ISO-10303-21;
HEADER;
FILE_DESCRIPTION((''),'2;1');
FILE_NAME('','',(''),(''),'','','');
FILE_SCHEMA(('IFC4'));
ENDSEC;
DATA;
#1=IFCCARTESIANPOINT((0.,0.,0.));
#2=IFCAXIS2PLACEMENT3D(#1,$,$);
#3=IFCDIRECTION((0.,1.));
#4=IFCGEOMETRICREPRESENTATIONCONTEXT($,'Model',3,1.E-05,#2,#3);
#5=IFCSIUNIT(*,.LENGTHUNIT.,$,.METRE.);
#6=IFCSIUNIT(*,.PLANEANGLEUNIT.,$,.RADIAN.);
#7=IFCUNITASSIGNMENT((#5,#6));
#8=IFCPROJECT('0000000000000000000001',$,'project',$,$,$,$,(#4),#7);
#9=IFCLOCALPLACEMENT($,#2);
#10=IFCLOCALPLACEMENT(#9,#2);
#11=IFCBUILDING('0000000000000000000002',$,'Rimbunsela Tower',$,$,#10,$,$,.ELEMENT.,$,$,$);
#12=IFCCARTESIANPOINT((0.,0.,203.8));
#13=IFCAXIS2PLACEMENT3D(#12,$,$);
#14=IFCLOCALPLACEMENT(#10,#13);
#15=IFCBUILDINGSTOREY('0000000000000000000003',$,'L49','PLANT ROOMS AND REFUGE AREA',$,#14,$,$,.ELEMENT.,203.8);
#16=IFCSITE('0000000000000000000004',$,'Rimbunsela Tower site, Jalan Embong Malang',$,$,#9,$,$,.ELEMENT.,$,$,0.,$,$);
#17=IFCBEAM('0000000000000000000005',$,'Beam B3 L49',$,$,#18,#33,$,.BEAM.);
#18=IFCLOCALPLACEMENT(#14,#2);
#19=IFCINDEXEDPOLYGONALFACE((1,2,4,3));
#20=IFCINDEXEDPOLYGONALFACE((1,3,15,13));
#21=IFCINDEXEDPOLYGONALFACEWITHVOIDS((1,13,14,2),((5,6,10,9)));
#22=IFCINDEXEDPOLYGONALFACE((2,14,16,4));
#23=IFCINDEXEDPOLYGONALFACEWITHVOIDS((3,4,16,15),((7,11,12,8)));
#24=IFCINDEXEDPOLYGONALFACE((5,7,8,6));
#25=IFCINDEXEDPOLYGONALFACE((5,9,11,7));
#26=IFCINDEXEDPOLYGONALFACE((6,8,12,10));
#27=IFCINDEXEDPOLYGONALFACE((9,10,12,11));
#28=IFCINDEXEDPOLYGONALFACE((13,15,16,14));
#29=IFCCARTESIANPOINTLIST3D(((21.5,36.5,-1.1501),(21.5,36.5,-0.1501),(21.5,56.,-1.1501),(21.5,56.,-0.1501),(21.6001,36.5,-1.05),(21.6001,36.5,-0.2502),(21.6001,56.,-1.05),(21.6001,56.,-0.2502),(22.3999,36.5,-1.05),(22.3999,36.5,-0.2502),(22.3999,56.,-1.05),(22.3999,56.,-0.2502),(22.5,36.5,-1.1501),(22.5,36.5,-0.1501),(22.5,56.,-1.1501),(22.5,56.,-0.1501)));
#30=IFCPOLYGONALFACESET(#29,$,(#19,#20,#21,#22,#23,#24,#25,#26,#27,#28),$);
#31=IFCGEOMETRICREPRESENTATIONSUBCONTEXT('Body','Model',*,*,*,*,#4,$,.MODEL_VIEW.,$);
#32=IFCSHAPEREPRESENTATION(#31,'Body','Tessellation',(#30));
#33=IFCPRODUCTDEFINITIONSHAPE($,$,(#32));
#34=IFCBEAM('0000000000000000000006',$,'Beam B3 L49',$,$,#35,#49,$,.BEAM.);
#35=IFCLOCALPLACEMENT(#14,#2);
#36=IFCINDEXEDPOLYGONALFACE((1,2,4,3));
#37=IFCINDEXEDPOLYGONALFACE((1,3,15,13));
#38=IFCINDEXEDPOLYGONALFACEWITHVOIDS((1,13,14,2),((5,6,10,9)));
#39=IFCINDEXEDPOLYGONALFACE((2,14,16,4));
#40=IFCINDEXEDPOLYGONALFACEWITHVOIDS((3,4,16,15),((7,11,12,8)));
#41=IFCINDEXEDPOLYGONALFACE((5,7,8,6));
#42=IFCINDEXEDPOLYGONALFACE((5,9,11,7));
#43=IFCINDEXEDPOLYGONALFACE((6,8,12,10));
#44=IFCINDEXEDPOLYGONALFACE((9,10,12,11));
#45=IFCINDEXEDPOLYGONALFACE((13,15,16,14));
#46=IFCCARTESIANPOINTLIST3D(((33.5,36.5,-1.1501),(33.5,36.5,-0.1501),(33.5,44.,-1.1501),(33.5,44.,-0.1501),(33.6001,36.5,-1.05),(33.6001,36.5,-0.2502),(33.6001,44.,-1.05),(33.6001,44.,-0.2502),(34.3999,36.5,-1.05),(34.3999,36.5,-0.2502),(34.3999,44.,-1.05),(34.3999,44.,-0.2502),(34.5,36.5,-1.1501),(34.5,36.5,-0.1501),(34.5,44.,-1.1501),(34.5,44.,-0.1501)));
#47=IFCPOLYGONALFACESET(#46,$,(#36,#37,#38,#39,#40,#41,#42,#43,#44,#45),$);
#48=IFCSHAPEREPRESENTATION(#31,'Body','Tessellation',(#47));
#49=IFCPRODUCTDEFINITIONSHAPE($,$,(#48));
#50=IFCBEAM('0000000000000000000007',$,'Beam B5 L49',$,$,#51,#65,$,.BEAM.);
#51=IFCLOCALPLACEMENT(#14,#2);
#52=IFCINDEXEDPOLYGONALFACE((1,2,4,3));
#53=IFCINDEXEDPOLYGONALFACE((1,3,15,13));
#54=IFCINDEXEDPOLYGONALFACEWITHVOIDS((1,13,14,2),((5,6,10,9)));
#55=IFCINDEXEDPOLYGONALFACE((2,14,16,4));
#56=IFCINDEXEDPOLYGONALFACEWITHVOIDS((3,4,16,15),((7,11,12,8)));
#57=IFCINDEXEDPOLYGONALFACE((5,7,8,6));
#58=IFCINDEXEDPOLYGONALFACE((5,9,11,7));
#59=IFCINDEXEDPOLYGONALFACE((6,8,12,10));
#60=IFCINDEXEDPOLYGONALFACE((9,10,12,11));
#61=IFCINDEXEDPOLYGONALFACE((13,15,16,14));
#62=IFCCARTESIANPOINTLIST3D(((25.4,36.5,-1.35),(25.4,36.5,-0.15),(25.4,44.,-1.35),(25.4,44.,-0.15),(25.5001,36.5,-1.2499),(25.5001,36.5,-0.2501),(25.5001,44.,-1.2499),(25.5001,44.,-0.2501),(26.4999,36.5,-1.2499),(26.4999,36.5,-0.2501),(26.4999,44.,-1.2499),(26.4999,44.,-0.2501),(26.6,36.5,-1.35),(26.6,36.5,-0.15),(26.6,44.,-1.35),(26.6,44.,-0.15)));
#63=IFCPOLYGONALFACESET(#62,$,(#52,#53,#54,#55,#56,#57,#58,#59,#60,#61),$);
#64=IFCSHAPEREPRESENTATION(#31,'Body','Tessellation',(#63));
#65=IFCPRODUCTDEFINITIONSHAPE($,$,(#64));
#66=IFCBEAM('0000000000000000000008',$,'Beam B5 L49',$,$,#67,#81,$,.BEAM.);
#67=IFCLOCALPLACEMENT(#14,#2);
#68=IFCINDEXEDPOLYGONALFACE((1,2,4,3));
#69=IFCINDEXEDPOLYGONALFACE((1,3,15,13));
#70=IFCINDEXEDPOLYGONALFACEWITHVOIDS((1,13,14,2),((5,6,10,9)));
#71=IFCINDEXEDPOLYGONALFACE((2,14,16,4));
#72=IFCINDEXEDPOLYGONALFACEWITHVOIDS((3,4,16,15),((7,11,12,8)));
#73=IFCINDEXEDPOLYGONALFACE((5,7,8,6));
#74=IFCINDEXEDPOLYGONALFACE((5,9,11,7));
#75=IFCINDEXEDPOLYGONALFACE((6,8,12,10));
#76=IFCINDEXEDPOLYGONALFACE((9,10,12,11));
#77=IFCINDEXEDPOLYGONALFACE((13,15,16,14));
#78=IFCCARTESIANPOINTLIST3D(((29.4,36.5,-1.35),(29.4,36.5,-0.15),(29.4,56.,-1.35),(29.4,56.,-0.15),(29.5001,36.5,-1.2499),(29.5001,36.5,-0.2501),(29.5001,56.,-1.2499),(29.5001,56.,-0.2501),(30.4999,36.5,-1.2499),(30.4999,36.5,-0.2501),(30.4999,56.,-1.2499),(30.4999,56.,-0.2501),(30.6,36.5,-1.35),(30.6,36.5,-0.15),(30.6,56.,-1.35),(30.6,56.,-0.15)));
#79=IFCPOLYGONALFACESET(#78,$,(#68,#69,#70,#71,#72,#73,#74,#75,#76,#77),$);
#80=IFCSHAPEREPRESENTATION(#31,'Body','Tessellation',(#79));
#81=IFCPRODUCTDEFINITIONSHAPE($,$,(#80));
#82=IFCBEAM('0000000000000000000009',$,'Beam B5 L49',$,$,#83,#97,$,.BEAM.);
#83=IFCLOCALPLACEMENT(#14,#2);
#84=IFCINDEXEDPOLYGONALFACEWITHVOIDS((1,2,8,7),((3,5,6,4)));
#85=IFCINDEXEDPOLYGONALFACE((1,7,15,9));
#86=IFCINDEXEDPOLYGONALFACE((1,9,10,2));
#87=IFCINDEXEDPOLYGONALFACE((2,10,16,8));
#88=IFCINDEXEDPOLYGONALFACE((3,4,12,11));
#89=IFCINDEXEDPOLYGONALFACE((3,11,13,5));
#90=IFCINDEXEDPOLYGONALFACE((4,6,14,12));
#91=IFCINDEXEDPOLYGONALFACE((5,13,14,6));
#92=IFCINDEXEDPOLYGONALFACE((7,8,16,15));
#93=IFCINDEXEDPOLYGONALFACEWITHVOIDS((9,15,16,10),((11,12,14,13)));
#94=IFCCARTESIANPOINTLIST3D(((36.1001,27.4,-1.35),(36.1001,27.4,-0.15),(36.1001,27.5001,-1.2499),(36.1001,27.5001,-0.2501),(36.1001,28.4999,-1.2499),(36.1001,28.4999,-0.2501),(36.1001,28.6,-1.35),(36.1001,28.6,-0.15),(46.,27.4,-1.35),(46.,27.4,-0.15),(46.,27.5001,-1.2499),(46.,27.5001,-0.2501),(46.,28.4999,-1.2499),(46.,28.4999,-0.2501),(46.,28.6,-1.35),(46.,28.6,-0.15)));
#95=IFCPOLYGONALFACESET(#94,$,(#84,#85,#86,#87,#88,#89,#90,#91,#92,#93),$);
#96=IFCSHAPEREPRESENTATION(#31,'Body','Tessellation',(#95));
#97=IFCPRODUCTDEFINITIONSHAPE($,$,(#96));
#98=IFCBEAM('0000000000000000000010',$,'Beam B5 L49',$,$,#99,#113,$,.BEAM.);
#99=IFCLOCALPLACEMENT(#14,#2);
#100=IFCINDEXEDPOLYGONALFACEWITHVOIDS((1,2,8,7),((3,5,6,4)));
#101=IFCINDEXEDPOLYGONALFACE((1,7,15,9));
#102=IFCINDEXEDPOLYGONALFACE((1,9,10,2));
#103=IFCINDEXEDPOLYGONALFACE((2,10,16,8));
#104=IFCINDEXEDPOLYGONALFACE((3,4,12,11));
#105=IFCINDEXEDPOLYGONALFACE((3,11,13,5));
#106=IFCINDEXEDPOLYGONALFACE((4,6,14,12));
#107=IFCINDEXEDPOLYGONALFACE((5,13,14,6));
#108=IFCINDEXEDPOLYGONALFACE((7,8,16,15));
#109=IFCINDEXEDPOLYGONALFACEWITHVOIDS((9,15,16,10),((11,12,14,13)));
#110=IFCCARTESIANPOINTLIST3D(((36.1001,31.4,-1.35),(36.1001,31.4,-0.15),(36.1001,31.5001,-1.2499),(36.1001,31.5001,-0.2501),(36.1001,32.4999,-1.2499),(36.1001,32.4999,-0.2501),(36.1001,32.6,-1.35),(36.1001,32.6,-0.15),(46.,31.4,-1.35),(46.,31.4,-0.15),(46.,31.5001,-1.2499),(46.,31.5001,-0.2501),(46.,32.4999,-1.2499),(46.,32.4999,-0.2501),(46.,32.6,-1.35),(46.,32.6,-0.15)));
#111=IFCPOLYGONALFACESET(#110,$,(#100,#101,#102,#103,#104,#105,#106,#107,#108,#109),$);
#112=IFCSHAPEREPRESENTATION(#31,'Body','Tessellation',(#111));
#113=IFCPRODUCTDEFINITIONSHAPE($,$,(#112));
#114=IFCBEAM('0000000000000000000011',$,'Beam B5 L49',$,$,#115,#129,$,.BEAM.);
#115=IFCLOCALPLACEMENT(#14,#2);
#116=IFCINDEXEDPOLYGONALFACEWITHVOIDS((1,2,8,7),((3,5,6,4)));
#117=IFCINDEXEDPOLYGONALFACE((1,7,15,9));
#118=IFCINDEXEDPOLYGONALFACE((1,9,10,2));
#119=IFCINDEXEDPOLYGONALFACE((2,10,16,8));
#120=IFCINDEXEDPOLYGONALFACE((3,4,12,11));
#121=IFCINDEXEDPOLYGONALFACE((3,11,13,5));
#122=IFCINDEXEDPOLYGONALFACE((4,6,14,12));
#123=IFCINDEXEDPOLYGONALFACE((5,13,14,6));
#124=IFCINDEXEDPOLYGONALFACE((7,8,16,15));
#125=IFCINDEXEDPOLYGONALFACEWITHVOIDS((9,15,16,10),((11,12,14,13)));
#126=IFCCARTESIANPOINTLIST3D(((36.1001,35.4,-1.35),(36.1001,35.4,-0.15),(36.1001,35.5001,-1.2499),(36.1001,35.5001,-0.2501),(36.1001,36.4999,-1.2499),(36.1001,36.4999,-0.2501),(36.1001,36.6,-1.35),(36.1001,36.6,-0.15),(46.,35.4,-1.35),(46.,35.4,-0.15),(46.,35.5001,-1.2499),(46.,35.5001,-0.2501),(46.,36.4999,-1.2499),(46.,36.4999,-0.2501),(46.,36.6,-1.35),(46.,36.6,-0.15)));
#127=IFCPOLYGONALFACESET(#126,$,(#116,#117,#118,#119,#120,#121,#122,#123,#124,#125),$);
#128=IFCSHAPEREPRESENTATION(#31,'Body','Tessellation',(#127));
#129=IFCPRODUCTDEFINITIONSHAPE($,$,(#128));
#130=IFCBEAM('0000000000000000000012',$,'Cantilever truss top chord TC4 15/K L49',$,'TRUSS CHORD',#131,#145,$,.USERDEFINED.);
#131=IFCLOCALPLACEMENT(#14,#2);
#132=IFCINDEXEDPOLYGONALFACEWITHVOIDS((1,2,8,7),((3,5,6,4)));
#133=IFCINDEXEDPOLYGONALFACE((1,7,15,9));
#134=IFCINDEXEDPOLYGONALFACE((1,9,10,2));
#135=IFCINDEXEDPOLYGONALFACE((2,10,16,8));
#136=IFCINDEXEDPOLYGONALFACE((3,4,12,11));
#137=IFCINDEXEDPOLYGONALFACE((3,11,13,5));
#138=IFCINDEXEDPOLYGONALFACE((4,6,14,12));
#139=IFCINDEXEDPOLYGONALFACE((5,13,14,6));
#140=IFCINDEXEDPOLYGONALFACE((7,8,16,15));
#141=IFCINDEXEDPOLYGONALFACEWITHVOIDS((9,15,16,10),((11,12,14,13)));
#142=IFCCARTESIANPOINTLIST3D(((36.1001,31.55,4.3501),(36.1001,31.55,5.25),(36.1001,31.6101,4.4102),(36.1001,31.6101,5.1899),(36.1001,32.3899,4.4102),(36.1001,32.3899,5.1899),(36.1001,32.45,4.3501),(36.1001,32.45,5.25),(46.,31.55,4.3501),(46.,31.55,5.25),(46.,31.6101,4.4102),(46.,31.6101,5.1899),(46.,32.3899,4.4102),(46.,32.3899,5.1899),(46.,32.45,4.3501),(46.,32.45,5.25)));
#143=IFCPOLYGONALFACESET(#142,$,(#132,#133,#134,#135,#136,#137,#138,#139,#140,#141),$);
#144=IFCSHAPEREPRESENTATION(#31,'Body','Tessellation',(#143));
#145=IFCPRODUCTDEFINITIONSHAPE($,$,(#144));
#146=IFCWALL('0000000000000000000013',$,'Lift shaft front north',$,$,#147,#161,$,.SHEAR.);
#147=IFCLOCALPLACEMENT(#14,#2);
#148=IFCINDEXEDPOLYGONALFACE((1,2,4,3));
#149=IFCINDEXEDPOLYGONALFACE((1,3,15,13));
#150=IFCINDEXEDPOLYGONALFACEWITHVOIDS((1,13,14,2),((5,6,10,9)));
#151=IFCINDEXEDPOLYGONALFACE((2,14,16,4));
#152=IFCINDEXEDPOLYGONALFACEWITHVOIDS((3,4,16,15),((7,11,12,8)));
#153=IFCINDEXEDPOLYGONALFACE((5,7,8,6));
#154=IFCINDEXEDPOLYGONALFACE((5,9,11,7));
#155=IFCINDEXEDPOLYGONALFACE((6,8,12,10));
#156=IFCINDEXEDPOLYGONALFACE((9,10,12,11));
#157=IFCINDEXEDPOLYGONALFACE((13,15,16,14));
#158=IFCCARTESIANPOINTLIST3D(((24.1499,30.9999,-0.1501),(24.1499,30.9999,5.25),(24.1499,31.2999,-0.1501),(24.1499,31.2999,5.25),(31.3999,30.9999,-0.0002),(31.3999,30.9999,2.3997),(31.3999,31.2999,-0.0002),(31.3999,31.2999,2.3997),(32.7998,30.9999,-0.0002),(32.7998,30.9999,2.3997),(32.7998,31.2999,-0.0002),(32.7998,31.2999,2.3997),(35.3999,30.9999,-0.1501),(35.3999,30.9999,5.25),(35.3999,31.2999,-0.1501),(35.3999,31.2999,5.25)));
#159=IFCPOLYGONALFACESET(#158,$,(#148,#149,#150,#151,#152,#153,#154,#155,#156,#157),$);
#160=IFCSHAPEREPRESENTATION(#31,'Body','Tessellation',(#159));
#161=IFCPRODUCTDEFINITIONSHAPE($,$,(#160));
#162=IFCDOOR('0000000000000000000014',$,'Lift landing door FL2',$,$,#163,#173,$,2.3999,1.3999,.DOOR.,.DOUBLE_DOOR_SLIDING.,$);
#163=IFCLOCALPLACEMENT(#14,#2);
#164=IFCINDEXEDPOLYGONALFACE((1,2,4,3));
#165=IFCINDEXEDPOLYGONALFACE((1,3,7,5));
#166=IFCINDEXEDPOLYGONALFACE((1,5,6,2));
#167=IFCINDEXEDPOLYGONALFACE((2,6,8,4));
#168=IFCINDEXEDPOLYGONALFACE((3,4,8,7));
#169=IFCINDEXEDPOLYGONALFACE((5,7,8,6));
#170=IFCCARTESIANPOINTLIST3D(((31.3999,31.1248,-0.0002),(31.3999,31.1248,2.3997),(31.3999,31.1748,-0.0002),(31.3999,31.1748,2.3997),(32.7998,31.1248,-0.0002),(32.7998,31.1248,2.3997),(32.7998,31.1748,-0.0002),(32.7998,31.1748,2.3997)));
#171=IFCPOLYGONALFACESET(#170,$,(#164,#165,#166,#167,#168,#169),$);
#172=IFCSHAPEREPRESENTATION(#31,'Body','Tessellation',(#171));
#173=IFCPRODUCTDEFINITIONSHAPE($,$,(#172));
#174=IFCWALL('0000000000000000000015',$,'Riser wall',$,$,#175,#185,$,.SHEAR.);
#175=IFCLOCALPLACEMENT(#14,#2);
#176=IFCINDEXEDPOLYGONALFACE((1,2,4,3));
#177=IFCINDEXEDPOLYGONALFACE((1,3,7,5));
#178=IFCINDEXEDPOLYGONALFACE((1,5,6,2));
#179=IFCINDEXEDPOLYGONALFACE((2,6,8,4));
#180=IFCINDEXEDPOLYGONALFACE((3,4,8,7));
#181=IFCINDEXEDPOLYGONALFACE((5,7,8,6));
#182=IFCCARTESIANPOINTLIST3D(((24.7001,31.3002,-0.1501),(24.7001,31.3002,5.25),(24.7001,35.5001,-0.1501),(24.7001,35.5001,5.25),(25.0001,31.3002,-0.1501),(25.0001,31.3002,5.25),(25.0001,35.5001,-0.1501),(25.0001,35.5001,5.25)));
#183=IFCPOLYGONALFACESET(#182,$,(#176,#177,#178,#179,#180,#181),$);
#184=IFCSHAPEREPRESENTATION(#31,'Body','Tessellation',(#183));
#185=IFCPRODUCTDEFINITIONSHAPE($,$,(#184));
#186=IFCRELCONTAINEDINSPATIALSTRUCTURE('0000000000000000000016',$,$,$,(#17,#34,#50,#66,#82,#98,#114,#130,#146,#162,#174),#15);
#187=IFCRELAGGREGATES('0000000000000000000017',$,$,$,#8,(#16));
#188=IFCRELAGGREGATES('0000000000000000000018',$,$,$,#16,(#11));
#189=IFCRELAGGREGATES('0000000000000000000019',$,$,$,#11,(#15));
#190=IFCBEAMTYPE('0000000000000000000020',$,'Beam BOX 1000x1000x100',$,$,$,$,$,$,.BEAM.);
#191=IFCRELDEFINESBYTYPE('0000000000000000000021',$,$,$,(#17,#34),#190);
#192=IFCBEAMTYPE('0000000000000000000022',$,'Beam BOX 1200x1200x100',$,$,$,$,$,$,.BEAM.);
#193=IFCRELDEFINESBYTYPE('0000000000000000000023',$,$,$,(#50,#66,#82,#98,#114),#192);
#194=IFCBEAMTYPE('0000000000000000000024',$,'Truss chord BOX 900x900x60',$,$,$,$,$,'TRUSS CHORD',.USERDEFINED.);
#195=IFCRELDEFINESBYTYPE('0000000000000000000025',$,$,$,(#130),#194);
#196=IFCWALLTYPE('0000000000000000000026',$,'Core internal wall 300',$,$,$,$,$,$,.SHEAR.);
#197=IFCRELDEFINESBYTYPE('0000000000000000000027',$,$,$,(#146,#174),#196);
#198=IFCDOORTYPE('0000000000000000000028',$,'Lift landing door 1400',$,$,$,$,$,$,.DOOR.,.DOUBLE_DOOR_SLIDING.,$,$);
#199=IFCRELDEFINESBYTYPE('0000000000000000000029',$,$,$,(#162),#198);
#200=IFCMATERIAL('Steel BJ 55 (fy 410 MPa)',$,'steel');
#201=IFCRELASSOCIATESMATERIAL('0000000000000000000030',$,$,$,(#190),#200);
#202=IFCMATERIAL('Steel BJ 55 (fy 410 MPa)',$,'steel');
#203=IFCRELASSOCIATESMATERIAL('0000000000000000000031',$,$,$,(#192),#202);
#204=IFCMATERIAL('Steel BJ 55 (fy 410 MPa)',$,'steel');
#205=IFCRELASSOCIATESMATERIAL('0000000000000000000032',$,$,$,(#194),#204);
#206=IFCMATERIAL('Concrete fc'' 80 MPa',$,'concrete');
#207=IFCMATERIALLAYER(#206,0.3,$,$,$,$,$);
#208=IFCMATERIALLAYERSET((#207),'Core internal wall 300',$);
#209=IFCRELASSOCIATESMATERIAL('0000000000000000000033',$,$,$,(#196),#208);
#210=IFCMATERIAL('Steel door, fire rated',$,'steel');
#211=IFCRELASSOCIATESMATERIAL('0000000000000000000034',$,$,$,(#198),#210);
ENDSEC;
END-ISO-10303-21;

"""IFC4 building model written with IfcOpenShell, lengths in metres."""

from ifc_helpers import new_model, si_unit, direction, frame, frame_2d, origin, origin_2d, place, context, subcontext, project, spatial, rectangle, hollow_rectangle, extrude, material, layer, layer_set, material_profile, profile_set, type_object, element, fill, save


model = new_model("IFC4")

# Units and contexts
model_context = context("Model", 3, precision=1e-05, world=origin(), true_north=direction((0.0, 1.0)))
body_context = subcontext(model_context, "Body", "Model", "MODEL_VIEW")
ifc_project = project(units=[si_unit("LENGTHUNIT", "METRE"), si_unit("PLANEANGLEUNIT", "RADIAN")], contexts=[model_context])

# Site, building, storey
site_placement = place(None, origin())
site = spatial("IfcSite", under=ifc_project, at=site_placement, Name="Rimbunsela Tower site, Jalan Embong Malang", CompositionType="ELEMENT", RefElevation=0.0)
building_placement = place(site_placement, origin())
building = spatial("IfcBuilding", under=site, at=building_placement, Name="Rimbunsela Tower", CompositionType="ELEMENT")
storey_placement = place(building_placement, frame((0.0, 0.0, 203.8)))
storey = spatial("IfcBuildingStorey", under=building, at=storey_placement, Name="L49", Description="PLANT ROOMS AND REFUGE AREA", CompositionType="ELEMENT", Elevation=203.8)

# Beams
ifc_material_1 = material(Name="Steel BJ 55 (fy 410 MPa)", Category="steel")
ifc_material_profile_1 = material_profile(ifc_material_1, hollow_rectangle(XDim=1.0, YDim=1.0, WallThickness=0.1001, at=origin_2d()), Name="BOX 1000x1000x100")
ifc_profile_set_1 = profile_set([ifc_material_profile_1], Name="Steel BJ 55 (fy 410 MPa)")
beam_type_1 = type_object("IfcBeamType", Name="Beam BOX 1000x1000x100", PredefinedType="BEAM", material=ifc_profile_set_1)
beam_1_placement = place(storey_placement, frame((22.0, 36.5, -0.6501), z_axis=(0.0, 1.0, 0.0), x_axis=(-1.0, 0.0, 0.0)))
element("IfcBeam", 1, at=beam_1_placement, inside=storey, type_object=beam_type_1, Name="Beam B3 L49", PredefinedType="BEAM", context=body_context, shape_type="SweptSolid", body=[
    extrude(hollow_rectangle(XDim=1.0, YDim=1.0, WallThickness=0.1001, at=origin_2d()), origin(), (0.0, 0.0, 1.0), 19.5),
])
beam_2_placement = place(storey_placement, frame((34.0, 36.5, -0.6501), z_axis=(0.0, 1.0, 0.0), x_axis=(-1.0, 0.0, 0.0)))
element("IfcBeam", 2, at=beam_2_placement, inside=storey, type_object=beam_type_1, Name="Beam B3 L49", PredefinedType="BEAM", context=body_context, shape_type="SweptSolid", body=[
    extrude(hollow_rectangle(XDim=1.0, YDim=1.0, WallThickness=0.1001, at=origin_2d()), origin(), (0.0, 0.0, 1.0), 7.5),
])
ifc_material_2 = material(Name="Steel BJ 55 (fy 410 MPa)", Category="steel")
ifc_material_profile_2 = material_profile(ifc_material_2, hollow_rectangle(XDim=1.2, YDim=1.2, WallThickness=0.1001, at=origin_2d()), Name="BOX 1200x1200x100")
ifc_profile_set_2 = profile_set([ifc_material_profile_2], Name="Steel BJ 55 (fy 410 MPa)")
beam_type_2 = type_object("IfcBeamType", Name="Beam BOX 1200x1200x100", PredefinedType="BEAM", material=ifc_profile_set_2)
beam_3_placement = place(storey_placement, frame((26.0, 36.5, -0.75), z_axis=(0.0, 1.0, 0.0), x_axis=(-1.0, 0.0, 0.0)))
element("IfcBeam", 3, at=beam_3_placement, inside=storey, type_object=beam_type_2, Name="Beam B5 L49", PredefinedType="BEAM", context=body_context, shape_type="SweptSolid", body=[
    extrude(hollow_rectangle(XDim=1.2, YDim=1.2, WallThickness=0.1001, at=origin_2d()), origin(), (0.0, 0.0, 1.0), 7.5),
])
beam_4_placement = place(storey_placement, frame((30.0, 36.5, -0.75), z_axis=(0.0, 1.0, 0.0), x_axis=(-1.0, 0.0, 0.0)))
element("IfcBeam", 4, at=beam_4_placement, inside=storey, type_object=beam_type_2, Name="Beam B5 L49", PredefinedType="BEAM", context=body_context, shape_type="SweptSolid", body=[
    extrude(hollow_rectangle(XDim=1.2, YDim=1.2, WallThickness=0.1001, at=origin_2d()), origin(), (0.0, 0.0, 1.0), 19.5),
])
for number, where, z_axis, x_axis, name in (
    (5, (36.1001, 28.0, -0.75), (1.0, 0.0, 0.0), (0.0, 1.0, 0.0), "Beam B5 L49"),
    (6, (36.1001, 32.0, -0.75), (1.0, 0.0, 0.0), (0.0, 1.0, 0.0), "Beam B5 L49"),
    (7, (36.1001, 36.0, -0.75), (1.0, 0.0, 0.0), (0.0, 1.0, 0.0), "Beam B5 L49"),
):
    element("IfcBeam", number, at=place(storey_placement, frame(where, z_axis=z_axis, x_axis=x_axis)), inside=storey, type_object=beam_type_2, Name=name, PredefinedType="BEAM", context=body_context, shape_type="SweptSolid", body=[
        extrude(hollow_rectangle(XDim=1.2, YDim=1.2, WallThickness=0.1001, at=origin_2d()), origin(), (0.0, 0.0, 1.0), 9.8999),
    ])
ifc_material_3 = material(Name="Steel BJ 55 (fy 410 MPa)", Category="steel")
ifc_material_profile_3 = material_profile(ifc_material_3, hollow_rectangle(XDim=0.8999, YDim=0.8999, WallThickness=0.0601, at=origin_2d()), Name="BOX 900x900x60")
ifc_profile_set_3 = profile_set([ifc_material_profile_3], Name="Steel BJ 55 (fy 410 MPa)")
beam_type_3 = type_object("IfcBeamType", Name="Truss chord BOX 900x900x60", ElementType="TRUSS CHORD", PredefinedType="USERDEFINED", material=ifc_profile_set_3)
beam_5_placement = place(storey_placement, frame((36.1001, 32.0, 4.8), z_axis=(1.0, 0.0, 0.0), x_axis=(0.0, 1.0, 0.0)))
element("IfcBeam", 8, at=beam_5_placement, inside=storey, type_object=beam_type_3, Name="Cantilever truss top chord TC4 15/K L49", ObjectType="TRUSS CHORD", PredefinedType="USERDEFINED", context=body_context, shape_type="SweptSolid", body=[
    extrude(hollow_rectangle(XDim=0.8999, YDim=0.8999, WallThickness=0.0601, at=origin_2d()), origin(), (0.0, 0.0, 1.0), 9.8999),
])

# Wall, opening, door
ifc_material_4 = material(Name="Concrete fc' 80 MPa", Category="concrete")
ifc_layer_1 = layer(ifc_material_4, 0.3)
ifc_layer_set_1 = layer_set([ifc_layer_1], Name="Core internal wall 300")
wall_type_1 = type_object("IfcWallType", Name="Core internal wall 300", PredefinedType="SHEAR", material=ifc_layer_set_1)
wall_1_placement = place(storey_placement, frame((24.1499, 31.1499, -0.1501), z_axis=(0.0, 0.0, 1.0), x_axis=(1.0, 0.0, 0.0)))
wall_1 = element("IfcWall", 9, at=wall_1_placement, inside=storey, type_object=wall_type_1, Name="Lift shaft front north", PredefinedType="SHEAR", context=body_context, shape_type="SweptSolid", body=[
    extrude(rectangle(XDim=11.25, YDim=0.3, at=frame_2d((5.625, 0.0))), origin(), (0.0, 0.0, 1.0), 5.4001),
])
opening_1_placement = place(wall_1_placement, frame((7.25, 0.0, 0.1499)))
opening_1 = element("IfcOpeningElement", 10, at=opening_1_placement, cuts=wall_1, PredefinedType="OPENING", context=body_context, shape_type="SweptSolid", body=[
    extrude(rectangle(XDim=1.3999, YDim=2.3999, at=frame_2d((0.7, 1.2))), frame((0.0, 0.1599, 0.0), z_axis=(0.0, -1.0, 0.0), x_axis=(1.0, 0.0, 0.0)), (0.0, 0.0, 1.0), 0.3201),
])
ifc_material_5 = material(Name="Steel door, fire rated", Category="steel")
door_type_1 = type_object("IfcDoorType", Name="Lift landing door 1400", OperationType="DOUBLE_DOOR_SLIDING", PredefinedType="DOOR", material=ifc_material_5)
door_1_placement = place(opening_1_placement, origin())
door_1 = element("IfcDoor", 11, at=door_1_placement, inside=storey, type_object=door_type_1, Name="Lift landing door FL2", OperationType="DOUBLE_DOOR_SLIDING", OverallHeight=2.3999, OverallWidth=1.3999, PredefinedType="DOOR", context=body_context, shape_type="SweptSolid", body=[
    extrude(rectangle(XDim=1.3999, YDim=2.3999, at=frame_2d((0.7, 1.2))), frame((0.0, 0.0249, 0.0), z_axis=(0.0, -1.0, 0.0), x_axis=(1.0, 0.0, 0.0)), (0.0, 0.0, 1.0), 0.05),
])
fill(opening_1, door_1)

# Wall
for number, where, z_axis, x_axis, name in (
    (12, (24.8501, 31.3, -0.1501), (0.0, 0.0, 1.0), (0.0, 1.0, 0.0), "Riser wall"),
):
    element("IfcWall", number, at=place(storey_placement, frame(where, z_axis=z_axis, x_axis=x_axis)), inside=storey, type_object=wall_type_1, Name=name, PredefinedType="SHEAR", context=body_context, shape_type="SweptSolid", body=[
        extrude(rectangle(XDim=4.2, YDim=0.3, at=frame_2d((2.1001, 0.0))), origin(), (0.0, 0.0, 1.0), 5.4001),
    ])

save(model, "model.ifc")
